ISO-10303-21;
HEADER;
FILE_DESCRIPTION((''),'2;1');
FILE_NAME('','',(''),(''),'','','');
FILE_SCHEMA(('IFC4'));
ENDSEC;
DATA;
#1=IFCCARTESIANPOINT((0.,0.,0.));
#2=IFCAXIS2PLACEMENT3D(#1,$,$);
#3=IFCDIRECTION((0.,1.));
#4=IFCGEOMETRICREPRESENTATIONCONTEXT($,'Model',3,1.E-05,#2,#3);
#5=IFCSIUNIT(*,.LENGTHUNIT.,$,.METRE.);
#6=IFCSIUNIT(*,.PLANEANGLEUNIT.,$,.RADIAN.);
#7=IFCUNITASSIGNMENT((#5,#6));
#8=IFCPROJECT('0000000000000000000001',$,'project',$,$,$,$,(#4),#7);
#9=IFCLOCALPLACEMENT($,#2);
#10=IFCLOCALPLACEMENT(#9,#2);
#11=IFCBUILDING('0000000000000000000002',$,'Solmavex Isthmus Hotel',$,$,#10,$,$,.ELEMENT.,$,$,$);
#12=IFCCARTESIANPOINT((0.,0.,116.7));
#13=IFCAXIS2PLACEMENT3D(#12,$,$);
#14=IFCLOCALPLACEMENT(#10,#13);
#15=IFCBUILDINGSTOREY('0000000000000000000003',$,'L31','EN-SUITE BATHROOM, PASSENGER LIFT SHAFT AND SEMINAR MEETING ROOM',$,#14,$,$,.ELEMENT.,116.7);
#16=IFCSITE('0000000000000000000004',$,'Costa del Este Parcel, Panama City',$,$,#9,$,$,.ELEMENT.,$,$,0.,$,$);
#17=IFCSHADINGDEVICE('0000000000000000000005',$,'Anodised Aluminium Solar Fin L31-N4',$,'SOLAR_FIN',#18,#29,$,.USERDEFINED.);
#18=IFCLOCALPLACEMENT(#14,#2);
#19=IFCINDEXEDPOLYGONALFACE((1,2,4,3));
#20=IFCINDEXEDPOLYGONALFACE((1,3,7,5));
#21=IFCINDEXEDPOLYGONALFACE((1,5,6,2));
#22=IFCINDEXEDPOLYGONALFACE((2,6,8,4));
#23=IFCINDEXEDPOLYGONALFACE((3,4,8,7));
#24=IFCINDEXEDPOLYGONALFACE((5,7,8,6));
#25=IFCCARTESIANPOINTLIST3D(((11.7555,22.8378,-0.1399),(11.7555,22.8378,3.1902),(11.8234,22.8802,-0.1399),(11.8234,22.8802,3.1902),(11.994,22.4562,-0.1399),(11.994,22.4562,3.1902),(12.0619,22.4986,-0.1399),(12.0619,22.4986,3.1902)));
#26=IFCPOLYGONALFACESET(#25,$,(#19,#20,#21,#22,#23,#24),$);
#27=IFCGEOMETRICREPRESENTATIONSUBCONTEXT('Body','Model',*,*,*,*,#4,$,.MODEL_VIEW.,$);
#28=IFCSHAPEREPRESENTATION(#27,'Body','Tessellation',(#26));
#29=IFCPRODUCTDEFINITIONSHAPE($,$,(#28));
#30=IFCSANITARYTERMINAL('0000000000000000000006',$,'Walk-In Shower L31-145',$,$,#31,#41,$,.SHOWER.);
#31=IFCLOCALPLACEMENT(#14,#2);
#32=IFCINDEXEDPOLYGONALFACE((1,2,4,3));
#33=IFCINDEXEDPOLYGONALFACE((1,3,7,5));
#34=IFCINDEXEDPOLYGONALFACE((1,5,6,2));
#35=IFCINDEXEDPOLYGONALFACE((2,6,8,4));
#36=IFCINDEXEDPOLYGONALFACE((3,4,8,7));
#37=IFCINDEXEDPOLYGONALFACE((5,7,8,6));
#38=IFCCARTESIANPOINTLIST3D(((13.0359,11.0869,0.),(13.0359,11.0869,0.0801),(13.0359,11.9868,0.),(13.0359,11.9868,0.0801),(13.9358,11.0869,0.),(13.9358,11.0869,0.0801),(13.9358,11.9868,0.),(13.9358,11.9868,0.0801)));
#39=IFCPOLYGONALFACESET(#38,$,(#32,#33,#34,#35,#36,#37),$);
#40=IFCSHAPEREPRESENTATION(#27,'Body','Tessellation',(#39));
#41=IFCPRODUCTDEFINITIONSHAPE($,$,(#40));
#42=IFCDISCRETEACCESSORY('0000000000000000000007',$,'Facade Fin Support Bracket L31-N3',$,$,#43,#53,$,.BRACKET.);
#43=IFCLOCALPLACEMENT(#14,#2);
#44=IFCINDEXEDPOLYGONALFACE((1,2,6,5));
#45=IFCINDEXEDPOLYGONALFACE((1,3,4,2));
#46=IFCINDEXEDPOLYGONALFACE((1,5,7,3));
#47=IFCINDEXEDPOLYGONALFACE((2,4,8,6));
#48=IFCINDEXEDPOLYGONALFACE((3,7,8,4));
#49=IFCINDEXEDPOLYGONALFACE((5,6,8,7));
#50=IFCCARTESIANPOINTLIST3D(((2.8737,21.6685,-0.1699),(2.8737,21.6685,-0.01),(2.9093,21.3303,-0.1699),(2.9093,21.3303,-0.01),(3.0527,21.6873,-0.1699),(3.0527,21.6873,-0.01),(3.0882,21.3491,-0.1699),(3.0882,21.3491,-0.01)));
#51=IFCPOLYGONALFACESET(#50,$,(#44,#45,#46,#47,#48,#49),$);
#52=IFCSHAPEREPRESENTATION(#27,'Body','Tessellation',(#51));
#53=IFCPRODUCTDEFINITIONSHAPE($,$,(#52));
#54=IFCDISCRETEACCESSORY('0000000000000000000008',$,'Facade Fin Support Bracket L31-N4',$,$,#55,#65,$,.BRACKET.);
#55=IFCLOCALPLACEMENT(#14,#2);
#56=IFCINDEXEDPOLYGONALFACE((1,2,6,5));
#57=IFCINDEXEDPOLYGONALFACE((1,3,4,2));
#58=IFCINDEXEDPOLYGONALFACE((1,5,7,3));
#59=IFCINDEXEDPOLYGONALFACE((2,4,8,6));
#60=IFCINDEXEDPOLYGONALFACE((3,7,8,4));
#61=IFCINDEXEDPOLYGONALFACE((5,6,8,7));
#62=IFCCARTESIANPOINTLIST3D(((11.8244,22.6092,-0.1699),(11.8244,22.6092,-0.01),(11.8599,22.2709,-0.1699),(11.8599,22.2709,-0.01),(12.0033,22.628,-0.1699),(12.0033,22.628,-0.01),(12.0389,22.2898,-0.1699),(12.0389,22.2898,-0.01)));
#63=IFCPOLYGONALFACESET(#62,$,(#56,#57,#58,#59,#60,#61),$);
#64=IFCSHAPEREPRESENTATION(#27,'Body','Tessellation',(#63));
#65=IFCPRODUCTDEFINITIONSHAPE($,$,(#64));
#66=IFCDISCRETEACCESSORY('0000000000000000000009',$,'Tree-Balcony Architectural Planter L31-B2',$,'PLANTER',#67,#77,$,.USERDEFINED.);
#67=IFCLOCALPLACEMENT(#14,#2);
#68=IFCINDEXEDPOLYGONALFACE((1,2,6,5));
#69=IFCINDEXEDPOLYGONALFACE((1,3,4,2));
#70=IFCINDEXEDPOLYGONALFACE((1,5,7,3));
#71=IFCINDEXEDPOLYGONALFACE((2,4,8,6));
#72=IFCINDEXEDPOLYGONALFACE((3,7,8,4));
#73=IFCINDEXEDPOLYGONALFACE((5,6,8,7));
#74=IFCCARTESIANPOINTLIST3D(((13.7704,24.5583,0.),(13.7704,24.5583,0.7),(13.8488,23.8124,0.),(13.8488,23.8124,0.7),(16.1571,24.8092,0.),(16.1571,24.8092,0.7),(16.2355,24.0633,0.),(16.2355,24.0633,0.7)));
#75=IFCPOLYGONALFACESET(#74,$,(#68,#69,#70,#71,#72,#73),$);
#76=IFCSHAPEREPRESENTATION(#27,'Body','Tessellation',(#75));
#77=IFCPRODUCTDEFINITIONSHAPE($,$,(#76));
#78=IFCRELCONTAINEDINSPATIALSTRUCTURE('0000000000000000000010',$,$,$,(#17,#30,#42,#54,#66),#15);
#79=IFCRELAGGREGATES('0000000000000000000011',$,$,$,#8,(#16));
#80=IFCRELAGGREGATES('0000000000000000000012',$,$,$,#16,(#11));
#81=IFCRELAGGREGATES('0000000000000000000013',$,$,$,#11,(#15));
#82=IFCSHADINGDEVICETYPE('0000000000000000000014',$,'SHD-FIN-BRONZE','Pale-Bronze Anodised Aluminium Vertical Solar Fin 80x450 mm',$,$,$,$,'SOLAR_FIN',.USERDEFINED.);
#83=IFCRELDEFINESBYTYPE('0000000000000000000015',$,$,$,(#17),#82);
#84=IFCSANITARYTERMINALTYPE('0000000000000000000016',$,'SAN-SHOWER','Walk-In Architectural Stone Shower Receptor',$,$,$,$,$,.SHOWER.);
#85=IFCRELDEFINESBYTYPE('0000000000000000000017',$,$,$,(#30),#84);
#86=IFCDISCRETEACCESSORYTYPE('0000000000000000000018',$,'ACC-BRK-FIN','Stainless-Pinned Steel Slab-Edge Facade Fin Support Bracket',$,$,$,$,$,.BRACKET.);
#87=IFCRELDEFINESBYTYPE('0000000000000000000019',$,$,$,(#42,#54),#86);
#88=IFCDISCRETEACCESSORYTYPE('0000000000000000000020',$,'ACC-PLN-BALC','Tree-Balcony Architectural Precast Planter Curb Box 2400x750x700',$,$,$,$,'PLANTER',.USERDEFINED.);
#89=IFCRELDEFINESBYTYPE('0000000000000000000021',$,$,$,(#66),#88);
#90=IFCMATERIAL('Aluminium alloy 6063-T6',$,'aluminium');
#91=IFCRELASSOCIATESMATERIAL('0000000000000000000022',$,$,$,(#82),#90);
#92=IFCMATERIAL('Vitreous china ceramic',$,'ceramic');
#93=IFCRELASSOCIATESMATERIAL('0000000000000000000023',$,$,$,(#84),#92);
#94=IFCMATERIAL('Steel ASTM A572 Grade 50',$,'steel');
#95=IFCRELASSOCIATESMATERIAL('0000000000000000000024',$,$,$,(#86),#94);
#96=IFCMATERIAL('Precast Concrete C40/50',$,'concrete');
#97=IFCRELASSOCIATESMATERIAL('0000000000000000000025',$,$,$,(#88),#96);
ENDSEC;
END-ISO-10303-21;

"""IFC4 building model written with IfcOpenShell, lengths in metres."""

from ifc_helpers import new_model, si_unit, direction, frame, origin, origin_2d, place, context, subcontext, project, spatial, rectangle, extrude, material, type_object, element, save


model = new_model("IFC4")

# Units and contexts
model_context = context("Model", 3, precision=1e-05, world=origin(), true_north=direction((0.0, 1.0)))
body_context = subcontext(model_context, "Body", "Model", "MODEL_VIEW")
ifc_project = project(units=[si_unit("LENGTHUNIT", "METRE"), si_unit("PLANEANGLEUNIT", "RADIAN")], contexts=[model_context])

# Site, building, storey
site_placement = place(None, origin())
site = spatial("IfcSite", under=ifc_project, at=site_placement, Name="Costa del Este Parcel, Panama City", CompositionType="ELEMENT", RefElevation=0.0)
building_placement = place(site_placement, origin())
building = spatial("IfcBuilding", under=site, at=building_placement, Name="Solmavex Isthmus Hotel", CompositionType="ELEMENT")
storey_placement = place(building_placement, frame((0.0, 0.0, 116.7)))
storey = spatial("IfcBuildingStorey", under=building, at=storey_placement, Name="L31", Description="EN-SUITE BATHROOM, PASSENGER LIFT SHAFT AND SEMINAR MEETING ROOM", CompositionType="ELEMENT", Elevation=116.7)

# Shared definitions
ifc_material_1 = material(Name="Aluminium alloy 6063-T6", Category="aluminium")

# Shared definitions
ifc_material_2 = material(Name="Precast Concrete C40/50", Category="concrete")

# Shading device
shading_device_type = type_object("IfcShadingDeviceType", Name="SHD-FIN-BRONZE", Description="Pale-Bronze Anodised Aluminium Vertical Solar Fin 80x450 mm", ElementType="SOLAR_FIN", PredefinedType="USERDEFINED", material=ifc_material_1)
for number, where, z_axis, x_axis, name in (
    (1, (11.9087, 22.6682, -0.1399), (0.0, 0.0, 1.0), (-0.529919, 0.848048, 0.0), "Anodised Aluminium Solar Fin L31-N4"),
):
    element("IfcShadingDevice", number, at=place(storey_placement, frame(where, z_axis=z_axis, x_axis=x_axis)), inside=storey, type_object=shading_device_type, Name=name, ObjectType="SOLAR_FIN", PredefinedType="USERDEFINED", context=body_context, shape_type="SweptSolid", body=[
        extrude(rectangle(XDim=0.45, YDim=0.0801, at=origin_2d()), origin(), (0.0, 0.0, 1.0), 3.3301),
    ])

# Sanitary terminal
ifc_material_3 = material(Name="Vitreous china ceramic", Category="ceramic")
sanitary_terminal_type = type_object("IfcSanitaryTerminalType", Name="SAN-SHOWER", Description="Walk-In Architectural Stone Shower Receptor", PredefinedType="SHOWER", material=ifc_material_3)
sanitary_terminal_placement = place(storey_placement, frame((13.4858, 11.5369, 0.0), z_axis=(0.0, 0.0, 1.0), x_axis=(1.0, 0.0, 0.0)))
element("IfcSanitaryTerminal", 2, at=sanitary_terminal_placement, inside=storey, type_object=sanitary_terminal_type, Name="Walk-In Shower L31-145", PredefinedType="SHOWER", context=body_context, shape_type="SweptSolid", body=[
    extrude(rectangle(XDim=0.8999, YDim=0.8999, at=origin_2d()), origin(), (0.0, 0.0, 1.0), 0.0801),
])

# Discrete accessories
ifc_material_4 = material(Name="Steel ASTM A572 Grade 50", Category="steel")
discrete_accessory_type_1 = type_object("IfcDiscreteAccessoryType", Name="ACC-BRK-FIN", Description="Stainless-Pinned Steel Slab-Edge Facade Fin Support Bracket", PredefinedType="BRACKET", material=ifc_material_4)
for number, where, z_axis, x_axis, name in (
    (3, (2.981, 21.5088, -0.1699), (0.0, 0.0, 1.0), (-0.104528, 0.994522, 0.0), "Facade Fin Support Bracket L31-N3"),
    (4, (11.9316, 22.4495, -0.1699), (0.0, 0.0, 1.0), (-0.104528, 0.994522, 0.0), "Facade Fin Support Bracket L31-N4"),
):
    element("IfcDiscreteAccessory", number, at=place(storey_placement, frame(where, z_axis=z_axis, x_axis=x_axis)), inside=storey, type_object=discrete_accessory_type_1, Name=name, PredefinedType="BRACKET", context=body_context, shape_type="SweptSolid", body=[
        extrude(rectangle(XDim=0.3401, YDim=0.1799, at=origin_2d()), origin(), (0.0, 0.0, 1.0), 0.1599),
    ])
discrete_accessory_type_2 = type_object("IfcDiscreteAccessoryType", Name="ACC-PLN-BALC", Description="Tree-Balcony Architectural Precast Planter Curb Box 2400x750x700", ElementType="PLANTER", PredefinedType="USERDEFINED", material=ifc_material_2)
discrete_accessory_placement = place(storey_placement, frame((15.0029, 24.3108, 0.0), z_axis=(0.0, 0.0, 1.0), x_axis=(0.994522, 0.104528, 0.0)))
element("IfcDiscreteAccessory", 5, at=discrete_accessory_placement, inside=storey, type_object=discrete_accessory_type_2, Name="Tree-Balcony Architectural Planter L31-B2", ObjectType="PLANTER", PredefinedType="USERDEFINED", context=body_context, shape_type="SweptSolid", body=[
    extrude(rectangle(XDim=2.3999, YDim=0.75, at=origin_2d()), origin(), (0.0, 0.0, 1.0), 0.7),
])

save(model, "model.ifc")
